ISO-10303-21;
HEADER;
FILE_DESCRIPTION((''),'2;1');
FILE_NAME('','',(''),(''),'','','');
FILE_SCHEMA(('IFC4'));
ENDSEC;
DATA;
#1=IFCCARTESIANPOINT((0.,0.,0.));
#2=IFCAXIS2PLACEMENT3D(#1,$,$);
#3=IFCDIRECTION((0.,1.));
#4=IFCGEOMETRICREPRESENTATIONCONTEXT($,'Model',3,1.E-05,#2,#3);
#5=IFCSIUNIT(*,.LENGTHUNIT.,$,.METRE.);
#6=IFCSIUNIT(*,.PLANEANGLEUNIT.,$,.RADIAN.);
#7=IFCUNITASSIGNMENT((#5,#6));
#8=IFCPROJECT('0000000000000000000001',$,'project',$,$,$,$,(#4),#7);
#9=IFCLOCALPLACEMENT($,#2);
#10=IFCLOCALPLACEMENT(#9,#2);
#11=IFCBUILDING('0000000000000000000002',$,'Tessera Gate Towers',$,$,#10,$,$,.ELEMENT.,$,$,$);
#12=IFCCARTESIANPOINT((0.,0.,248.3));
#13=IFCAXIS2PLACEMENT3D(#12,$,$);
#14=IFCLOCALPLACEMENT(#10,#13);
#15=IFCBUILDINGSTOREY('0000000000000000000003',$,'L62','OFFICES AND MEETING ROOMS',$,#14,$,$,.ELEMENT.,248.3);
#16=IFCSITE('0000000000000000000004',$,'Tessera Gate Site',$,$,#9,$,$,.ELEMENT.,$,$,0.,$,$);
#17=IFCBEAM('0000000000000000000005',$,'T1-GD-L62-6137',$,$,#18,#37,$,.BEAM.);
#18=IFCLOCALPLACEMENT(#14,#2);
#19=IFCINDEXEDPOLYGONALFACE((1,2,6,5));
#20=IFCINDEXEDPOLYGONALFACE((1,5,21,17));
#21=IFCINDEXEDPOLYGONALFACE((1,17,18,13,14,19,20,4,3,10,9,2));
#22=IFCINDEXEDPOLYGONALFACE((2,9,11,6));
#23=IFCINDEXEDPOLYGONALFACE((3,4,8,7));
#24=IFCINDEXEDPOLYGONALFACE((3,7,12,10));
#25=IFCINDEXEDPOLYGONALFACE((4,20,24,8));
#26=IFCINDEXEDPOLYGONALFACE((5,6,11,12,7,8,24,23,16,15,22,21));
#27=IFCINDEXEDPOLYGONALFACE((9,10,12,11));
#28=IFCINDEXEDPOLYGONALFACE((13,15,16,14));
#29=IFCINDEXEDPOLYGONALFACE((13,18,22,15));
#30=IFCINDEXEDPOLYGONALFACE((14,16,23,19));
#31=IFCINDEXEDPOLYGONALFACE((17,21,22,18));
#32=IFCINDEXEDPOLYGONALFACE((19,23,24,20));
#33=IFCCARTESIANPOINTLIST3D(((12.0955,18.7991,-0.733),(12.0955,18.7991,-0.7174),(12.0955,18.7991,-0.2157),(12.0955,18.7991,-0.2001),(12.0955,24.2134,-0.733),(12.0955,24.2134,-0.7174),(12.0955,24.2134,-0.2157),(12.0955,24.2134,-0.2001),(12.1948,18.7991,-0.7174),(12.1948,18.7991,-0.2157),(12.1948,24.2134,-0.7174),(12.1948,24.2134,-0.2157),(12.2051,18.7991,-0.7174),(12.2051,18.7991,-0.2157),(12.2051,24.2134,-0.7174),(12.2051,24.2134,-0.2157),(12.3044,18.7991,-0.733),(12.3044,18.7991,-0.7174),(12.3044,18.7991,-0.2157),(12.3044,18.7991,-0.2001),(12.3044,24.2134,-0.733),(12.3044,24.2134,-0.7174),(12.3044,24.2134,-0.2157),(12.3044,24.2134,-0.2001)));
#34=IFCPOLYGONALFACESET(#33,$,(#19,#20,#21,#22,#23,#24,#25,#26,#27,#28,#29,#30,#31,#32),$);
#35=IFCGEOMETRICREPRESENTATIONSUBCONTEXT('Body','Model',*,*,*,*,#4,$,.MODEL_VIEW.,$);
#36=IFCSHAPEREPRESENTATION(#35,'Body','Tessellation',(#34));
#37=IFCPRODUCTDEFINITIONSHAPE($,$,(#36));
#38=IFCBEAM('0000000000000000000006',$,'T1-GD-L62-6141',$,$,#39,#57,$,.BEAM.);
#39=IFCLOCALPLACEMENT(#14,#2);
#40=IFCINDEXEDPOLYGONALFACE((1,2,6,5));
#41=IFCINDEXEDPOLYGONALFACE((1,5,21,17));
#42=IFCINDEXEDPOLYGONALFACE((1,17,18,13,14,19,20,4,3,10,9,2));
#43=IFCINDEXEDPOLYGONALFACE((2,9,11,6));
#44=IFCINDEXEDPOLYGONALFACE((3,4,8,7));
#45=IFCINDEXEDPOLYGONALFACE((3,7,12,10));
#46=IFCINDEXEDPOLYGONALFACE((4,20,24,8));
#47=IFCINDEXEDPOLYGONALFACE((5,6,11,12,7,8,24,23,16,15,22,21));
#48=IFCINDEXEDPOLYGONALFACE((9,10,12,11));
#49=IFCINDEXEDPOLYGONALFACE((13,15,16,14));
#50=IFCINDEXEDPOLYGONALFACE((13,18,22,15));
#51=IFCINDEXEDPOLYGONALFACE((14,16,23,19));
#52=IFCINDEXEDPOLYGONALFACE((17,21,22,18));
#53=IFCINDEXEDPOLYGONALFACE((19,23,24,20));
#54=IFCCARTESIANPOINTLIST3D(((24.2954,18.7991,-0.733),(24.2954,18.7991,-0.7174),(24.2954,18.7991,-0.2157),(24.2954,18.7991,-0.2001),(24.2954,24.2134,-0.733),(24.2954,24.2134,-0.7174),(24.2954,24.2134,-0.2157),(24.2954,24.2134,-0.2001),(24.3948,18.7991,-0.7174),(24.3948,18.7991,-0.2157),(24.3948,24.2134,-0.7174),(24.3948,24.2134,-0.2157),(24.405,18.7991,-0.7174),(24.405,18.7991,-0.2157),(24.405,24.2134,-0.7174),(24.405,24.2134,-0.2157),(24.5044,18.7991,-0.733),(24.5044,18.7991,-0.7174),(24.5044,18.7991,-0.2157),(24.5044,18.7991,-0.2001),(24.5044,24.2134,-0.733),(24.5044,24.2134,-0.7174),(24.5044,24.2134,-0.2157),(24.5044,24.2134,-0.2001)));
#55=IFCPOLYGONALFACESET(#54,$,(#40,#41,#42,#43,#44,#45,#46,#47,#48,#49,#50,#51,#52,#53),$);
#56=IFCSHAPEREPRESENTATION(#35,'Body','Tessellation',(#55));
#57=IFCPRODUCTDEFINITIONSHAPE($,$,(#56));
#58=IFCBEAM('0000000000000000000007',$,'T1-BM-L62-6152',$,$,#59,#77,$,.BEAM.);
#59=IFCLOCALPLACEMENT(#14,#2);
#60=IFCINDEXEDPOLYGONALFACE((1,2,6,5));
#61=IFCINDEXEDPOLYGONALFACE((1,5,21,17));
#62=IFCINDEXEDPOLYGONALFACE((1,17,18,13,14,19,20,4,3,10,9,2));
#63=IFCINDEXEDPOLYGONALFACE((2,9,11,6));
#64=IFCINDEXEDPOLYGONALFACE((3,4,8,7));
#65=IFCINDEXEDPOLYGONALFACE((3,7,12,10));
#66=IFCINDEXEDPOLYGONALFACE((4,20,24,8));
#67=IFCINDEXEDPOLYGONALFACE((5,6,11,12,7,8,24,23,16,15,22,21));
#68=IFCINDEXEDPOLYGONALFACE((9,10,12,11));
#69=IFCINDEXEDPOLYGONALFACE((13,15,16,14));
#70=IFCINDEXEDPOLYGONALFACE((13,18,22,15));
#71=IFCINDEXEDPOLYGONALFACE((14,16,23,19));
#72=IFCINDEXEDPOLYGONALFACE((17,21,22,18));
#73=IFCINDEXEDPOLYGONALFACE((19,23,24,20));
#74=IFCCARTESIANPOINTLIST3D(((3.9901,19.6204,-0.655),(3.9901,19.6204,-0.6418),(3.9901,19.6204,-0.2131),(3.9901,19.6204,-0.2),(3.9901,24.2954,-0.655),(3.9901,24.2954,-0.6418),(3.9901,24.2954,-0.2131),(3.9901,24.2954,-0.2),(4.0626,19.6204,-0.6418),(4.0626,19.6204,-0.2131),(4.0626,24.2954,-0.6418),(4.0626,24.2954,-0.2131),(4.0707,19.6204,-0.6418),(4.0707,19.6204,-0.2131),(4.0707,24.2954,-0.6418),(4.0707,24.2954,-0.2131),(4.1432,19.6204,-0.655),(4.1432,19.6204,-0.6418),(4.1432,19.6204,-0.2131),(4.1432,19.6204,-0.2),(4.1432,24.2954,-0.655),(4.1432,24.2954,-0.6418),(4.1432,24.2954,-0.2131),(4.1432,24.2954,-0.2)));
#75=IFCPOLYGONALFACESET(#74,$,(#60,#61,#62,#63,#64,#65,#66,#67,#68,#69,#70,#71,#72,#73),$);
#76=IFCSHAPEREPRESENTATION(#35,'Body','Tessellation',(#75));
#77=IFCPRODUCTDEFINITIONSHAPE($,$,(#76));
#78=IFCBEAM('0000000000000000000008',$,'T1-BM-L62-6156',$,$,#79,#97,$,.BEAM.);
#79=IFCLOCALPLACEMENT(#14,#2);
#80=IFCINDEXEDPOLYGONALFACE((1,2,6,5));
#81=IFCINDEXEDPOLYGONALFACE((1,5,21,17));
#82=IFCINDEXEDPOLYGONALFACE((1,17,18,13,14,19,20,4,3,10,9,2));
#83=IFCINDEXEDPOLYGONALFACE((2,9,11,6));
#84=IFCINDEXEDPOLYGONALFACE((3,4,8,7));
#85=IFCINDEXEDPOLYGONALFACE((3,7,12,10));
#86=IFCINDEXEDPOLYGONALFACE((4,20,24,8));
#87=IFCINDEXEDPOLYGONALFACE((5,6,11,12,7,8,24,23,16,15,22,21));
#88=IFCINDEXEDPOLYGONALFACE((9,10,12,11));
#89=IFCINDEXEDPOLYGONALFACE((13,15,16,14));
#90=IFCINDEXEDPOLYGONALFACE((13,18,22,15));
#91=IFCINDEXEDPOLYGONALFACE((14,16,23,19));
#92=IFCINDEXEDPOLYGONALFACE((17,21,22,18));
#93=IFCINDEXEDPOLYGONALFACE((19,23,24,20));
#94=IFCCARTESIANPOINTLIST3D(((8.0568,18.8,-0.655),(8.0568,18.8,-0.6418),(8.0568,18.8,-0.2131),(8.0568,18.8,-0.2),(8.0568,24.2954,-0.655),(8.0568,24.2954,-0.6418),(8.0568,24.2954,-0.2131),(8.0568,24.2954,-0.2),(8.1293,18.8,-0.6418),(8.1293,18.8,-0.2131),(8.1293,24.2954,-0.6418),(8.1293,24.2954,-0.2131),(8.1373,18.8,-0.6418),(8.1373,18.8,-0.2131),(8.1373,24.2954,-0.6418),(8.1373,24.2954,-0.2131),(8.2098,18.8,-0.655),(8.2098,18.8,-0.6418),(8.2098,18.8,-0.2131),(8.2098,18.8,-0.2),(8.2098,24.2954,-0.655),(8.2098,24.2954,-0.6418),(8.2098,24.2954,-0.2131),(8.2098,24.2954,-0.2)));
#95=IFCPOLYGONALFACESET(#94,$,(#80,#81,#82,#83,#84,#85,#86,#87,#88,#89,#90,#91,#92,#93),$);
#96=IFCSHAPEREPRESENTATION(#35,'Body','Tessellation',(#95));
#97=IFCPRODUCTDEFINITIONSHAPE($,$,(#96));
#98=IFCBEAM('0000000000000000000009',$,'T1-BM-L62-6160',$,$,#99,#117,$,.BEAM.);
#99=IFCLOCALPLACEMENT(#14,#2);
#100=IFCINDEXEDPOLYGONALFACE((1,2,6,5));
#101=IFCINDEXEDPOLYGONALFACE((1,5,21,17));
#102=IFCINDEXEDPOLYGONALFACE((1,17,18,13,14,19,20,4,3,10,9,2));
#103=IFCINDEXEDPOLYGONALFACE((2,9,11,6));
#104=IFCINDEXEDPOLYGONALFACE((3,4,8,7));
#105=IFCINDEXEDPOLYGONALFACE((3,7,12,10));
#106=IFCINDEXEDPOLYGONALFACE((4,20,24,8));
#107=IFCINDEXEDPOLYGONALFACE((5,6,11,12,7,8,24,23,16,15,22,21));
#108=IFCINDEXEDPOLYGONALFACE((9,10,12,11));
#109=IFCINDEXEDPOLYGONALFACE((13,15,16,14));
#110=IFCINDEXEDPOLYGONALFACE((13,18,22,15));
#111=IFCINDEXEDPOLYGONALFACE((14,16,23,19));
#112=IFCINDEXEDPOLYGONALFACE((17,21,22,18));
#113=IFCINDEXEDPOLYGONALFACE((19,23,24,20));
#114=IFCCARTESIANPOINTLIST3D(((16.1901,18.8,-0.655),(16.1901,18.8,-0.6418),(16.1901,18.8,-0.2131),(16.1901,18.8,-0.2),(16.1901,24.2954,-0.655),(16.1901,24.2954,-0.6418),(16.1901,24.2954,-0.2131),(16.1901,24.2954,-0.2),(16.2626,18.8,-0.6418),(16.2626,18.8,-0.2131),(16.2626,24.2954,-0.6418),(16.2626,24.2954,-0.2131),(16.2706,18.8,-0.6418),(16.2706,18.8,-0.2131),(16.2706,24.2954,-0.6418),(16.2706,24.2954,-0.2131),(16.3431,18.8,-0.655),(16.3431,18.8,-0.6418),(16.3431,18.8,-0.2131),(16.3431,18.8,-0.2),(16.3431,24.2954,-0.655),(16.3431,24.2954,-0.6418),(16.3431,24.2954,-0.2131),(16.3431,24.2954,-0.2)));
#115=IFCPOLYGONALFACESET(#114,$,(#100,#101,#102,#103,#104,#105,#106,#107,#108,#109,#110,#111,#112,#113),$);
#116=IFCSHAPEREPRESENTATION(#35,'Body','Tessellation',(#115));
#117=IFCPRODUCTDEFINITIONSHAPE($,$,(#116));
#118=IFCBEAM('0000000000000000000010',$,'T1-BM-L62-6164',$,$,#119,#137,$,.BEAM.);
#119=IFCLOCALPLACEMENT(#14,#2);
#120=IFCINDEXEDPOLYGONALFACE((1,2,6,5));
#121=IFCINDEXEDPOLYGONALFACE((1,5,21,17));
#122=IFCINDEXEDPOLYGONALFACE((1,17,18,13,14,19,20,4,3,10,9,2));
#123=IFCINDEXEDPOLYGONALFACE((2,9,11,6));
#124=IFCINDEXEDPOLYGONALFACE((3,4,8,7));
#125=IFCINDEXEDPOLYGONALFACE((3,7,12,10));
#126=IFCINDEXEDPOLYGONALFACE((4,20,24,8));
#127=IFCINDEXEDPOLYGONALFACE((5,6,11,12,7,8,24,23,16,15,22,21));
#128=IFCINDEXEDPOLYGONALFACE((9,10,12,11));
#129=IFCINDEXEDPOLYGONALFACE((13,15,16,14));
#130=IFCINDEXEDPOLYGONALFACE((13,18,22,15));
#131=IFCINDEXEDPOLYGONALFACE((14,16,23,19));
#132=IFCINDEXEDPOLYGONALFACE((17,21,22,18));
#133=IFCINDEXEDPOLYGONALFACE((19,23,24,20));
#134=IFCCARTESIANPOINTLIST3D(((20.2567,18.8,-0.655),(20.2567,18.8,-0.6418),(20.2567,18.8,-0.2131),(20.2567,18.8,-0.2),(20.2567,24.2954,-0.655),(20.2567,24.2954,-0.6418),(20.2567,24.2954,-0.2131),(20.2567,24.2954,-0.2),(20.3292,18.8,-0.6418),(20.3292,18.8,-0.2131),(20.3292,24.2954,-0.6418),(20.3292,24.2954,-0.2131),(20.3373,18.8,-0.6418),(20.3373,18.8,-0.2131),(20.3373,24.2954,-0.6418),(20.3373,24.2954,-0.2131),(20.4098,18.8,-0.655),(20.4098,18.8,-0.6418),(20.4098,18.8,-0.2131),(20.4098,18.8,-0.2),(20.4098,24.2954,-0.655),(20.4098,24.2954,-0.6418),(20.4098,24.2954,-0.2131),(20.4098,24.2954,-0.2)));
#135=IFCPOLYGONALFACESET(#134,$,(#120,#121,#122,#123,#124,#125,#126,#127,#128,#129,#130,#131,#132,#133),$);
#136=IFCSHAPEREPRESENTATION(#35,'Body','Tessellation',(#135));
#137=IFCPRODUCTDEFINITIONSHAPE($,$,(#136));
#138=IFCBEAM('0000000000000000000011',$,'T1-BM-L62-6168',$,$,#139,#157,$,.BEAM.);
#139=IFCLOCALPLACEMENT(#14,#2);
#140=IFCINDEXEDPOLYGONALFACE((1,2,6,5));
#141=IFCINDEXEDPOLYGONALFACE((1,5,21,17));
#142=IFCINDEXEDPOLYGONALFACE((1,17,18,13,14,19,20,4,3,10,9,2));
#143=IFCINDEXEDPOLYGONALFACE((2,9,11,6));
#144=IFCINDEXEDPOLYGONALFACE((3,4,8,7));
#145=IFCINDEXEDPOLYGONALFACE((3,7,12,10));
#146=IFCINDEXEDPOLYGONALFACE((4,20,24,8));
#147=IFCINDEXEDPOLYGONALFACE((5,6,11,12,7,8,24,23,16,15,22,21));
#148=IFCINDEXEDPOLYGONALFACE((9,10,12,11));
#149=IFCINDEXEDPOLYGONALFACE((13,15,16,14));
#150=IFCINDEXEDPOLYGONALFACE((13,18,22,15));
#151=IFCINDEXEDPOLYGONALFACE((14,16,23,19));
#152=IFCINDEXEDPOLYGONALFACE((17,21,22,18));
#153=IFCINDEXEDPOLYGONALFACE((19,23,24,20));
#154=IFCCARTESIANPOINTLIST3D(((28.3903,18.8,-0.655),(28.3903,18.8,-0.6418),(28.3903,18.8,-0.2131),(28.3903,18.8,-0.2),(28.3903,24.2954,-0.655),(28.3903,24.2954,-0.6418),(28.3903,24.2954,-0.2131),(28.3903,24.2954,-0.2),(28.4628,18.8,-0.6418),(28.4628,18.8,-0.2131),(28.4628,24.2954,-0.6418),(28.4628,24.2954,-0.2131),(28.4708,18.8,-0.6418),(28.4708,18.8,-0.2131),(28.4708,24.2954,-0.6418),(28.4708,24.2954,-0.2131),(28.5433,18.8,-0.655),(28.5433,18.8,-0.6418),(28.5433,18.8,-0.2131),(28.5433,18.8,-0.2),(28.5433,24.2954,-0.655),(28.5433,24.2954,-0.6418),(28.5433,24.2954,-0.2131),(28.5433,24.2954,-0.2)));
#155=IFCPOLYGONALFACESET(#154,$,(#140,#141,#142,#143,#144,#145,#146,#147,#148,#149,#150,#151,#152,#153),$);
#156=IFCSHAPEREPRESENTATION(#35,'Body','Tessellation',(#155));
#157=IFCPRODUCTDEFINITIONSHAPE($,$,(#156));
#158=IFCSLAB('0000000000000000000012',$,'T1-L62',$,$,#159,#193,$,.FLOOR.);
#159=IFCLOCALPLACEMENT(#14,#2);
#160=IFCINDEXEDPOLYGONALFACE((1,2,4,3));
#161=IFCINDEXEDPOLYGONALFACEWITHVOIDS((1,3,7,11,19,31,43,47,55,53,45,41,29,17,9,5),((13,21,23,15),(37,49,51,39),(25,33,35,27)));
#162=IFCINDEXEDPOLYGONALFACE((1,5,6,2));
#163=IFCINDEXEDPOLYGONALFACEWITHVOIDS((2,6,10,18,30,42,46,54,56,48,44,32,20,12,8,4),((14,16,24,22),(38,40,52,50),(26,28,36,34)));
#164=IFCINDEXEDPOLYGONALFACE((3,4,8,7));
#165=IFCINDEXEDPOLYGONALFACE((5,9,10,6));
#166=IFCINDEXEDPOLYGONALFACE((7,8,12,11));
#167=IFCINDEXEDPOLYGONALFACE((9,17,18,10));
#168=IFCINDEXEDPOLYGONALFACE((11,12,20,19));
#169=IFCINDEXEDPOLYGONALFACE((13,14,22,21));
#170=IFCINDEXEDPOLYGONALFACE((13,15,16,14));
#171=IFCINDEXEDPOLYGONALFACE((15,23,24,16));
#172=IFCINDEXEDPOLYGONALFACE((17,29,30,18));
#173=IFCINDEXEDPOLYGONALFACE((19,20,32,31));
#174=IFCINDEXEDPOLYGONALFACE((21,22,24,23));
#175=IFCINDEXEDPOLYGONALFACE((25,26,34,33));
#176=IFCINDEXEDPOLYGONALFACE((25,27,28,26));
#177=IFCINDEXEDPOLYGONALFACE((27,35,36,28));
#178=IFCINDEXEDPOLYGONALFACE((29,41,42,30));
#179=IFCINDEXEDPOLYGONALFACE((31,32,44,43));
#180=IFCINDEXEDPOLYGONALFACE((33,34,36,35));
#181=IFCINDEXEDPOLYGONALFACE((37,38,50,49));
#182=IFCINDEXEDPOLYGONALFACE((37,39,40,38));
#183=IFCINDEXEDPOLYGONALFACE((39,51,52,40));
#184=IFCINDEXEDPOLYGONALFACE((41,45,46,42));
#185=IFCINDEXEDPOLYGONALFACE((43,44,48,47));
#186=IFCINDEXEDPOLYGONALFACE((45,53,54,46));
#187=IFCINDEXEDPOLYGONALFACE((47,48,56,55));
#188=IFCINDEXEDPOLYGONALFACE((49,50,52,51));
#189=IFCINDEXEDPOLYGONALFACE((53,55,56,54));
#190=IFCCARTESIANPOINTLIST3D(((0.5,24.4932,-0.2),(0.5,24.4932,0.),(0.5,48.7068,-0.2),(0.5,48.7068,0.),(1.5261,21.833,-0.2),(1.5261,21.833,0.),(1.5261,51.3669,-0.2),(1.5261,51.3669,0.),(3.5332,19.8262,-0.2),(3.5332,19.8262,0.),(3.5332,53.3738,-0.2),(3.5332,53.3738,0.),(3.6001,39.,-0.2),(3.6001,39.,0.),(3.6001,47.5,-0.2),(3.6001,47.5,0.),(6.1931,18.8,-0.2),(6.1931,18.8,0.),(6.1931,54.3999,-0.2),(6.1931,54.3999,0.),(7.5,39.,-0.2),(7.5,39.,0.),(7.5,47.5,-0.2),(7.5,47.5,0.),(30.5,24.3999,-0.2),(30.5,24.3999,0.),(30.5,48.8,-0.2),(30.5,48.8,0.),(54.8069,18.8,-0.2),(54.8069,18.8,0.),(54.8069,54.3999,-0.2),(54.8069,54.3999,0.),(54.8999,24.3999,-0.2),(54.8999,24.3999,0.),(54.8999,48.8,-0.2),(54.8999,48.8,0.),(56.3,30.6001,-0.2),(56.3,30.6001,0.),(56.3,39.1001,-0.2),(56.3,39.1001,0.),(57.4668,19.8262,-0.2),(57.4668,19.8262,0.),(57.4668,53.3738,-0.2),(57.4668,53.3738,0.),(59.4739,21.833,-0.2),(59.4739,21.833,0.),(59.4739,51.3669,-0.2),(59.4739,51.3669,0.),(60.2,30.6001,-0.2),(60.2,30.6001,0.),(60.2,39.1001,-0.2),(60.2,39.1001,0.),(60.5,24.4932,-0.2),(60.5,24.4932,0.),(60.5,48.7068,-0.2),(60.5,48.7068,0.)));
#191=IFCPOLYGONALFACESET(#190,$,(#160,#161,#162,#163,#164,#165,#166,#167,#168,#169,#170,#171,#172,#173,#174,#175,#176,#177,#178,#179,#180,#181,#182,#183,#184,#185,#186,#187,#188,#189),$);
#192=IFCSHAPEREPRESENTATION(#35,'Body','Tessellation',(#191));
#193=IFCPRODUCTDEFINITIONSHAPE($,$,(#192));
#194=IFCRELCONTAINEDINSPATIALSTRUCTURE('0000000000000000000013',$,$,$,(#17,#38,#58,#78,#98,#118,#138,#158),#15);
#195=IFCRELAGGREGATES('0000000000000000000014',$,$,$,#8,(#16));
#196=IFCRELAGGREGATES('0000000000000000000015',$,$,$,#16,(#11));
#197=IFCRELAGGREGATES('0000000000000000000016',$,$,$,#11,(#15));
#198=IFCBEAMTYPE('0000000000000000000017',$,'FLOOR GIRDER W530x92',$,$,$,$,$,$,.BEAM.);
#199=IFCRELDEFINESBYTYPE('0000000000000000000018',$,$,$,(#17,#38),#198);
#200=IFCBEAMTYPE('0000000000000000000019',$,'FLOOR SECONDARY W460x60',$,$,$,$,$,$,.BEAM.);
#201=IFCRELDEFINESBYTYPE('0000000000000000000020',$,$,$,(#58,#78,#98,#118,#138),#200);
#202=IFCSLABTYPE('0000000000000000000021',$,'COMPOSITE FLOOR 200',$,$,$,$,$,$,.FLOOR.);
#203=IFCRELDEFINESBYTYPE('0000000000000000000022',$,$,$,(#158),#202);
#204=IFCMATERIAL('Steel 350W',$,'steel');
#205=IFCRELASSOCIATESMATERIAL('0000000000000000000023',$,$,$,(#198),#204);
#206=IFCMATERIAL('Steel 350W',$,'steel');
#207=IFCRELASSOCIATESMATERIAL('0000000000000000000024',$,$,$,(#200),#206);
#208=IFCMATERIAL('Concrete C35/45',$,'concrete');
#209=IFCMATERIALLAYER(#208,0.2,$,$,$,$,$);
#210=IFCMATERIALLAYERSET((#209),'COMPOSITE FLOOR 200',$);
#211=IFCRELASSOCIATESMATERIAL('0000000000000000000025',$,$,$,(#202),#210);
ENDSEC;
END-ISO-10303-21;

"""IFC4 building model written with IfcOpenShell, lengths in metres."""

from ifc_helpers import new_model, si_unit, direction, frame, origin, origin_2d, place, context, subcontext, project, spatial, polyline, i_section, outline, extrude, material, layer, layer_set, material_profile, profile_set, type_object, element, save


model = new_model("IFC4")

# Units and contexts
model_context = context("Model", 3, precision=1e-05, world=origin(), true_north=direction((0.0, 1.0)))
body_context = subcontext(model_context, "Body", "Model", "MODEL_VIEW")
ifc_project = project(units=[si_unit("LENGTHUNIT", "METRE"), si_unit("PLANEANGLEUNIT", "RADIAN")], contexts=[model_context])

# Site, building, storey
site_placement = place(None, origin())
site = spatial("IfcSite", under=ifc_project, at=site_placement, Name="Tessera Gate Site", CompositionType="ELEMENT", RefElevation=0.0)
building_placement = place(site_placement, origin())
building = spatial("IfcBuilding", under=site, at=building_placement, Name="Tessera Gate Towers", CompositionType="ELEMENT")
storey_placement = place(building_placement, frame((0.0, 0.0, 248.3)))
storey = spatial("IfcBuildingStorey", under=building, at=storey_placement, Name="L62", Description="OFFICES AND MEETING ROOMS", CompositionType="ELEMENT", Elevation=248.3)

# Beams
ifc_material_1 = material(Name="Steel 350W", Category="steel")
ifc_material_profile_1 = material_profile(ifc_material_1, i_section(OverallWidth=0.209, OverallDepth=0.533, WebThickness=0.0103, FlangeThickness=0.0156, at=origin_2d()), Name="W530x92")
ifc_profile_set_1 = profile_set([ifc_material_profile_1], Name="Steel 350W")
beam_type_1 = type_object("IfcBeamType", Name="FLOOR GIRDER W530x92", PredefinedType="BEAM", material=ifc_profile_set_1)
for number, where, z_axis, x_axis, name in (
    (1, (12.2, 18.7991, -0.4666), (0.0, 1.0, 0.0), (-1.0, 0.0, 0.0), "T1-GD-L62-6137"),
    (2, (24.3999, 18.7991, -0.4666), (0.0, 1.0, 0.0), (-1.0, 0.0, 0.0), "T1-GD-L62-6141"),
):
    element("IfcBeam", number, at=place(storey_placement, frame(where, z_axis=z_axis, x_axis=x_axis)), inside=storey, type_object=beam_type_1, Name=name, PredefinedType="BEAM", context=body_context, shape_type="SweptSolid", body=[
        extrude(i_section(OverallWidth=0.209, OverallDepth=0.533, WebThickness=0.0103, FlangeThickness=0.0156, at=origin_2d()), origin(), (0.0, 0.0, 1.0), 5.4143),
    ])
ifc_material_2 = material(Name="Steel 350W", Category="steel")
ifc_material_profile_2 = material_profile(ifc_material_2, i_section(OverallWidth=0.1531, OverallDepth=0.4551, WebThickness=0.0081, FlangeThickness=0.0132, at=origin_2d()), Name="W460x60")
ifc_profile_set_2 = profile_set([ifc_material_profile_2], Name="Steel 350W")
beam_type_2 = type_object("IfcBeamType", Name="FLOOR SECONDARY W460x60", PredefinedType="BEAM", material=ifc_profile_set_2)
beam_placement = place(storey_placement, frame((4.0667, 19.6204, -0.4275), z_axis=(0.0, 1.0, 0.0), x_axis=(-1.0, 0.0, 0.0)))
element("IfcBeam", 3, at=beam_placement, inside=storey, type_object=beam_type_2, Name="T1-BM-L62-6152", PredefinedType="BEAM", context=body_context, shape_type="SweptSolid", body=[
    extrude(i_section(OverallWidth=0.1531, OverallDepth=0.4551, WebThickness=0.0081, FlangeThickness=0.0132, at=origin_2d()), origin(), (0.0, 0.0, 1.0), 4.675),
])
for number, where, z_axis, x_axis, name in (
    (4, (8.1333, 18.8, -0.4275), (0.0, 1.0, 0.0), (-1.0, 0.0, 0.0), "T1-BM-L62-6156"),
    (5, (16.2666, 18.8, -0.4275), (0.0, 1.0, 0.0), (-1.0, 0.0, 0.0), "T1-BM-L62-6160"),
    (6, (20.3333, 18.8, -0.4275), (0.0, 1.0, 0.0), (-1.0, 0.0, 0.0), "T1-BM-L62-6164"),
    (7, (28.4668, 18.8, -0.4275), (0.0, 1.0, 0.0), (-1.0, 0.0, 0.0), "T1-BM-L62-6168"),
):
    element("IfcBeam", number, at=place(storey_placement, frame(where, z_axis=z_axis, x_axis=x_axis)), inside=storey, type_object=beam_type_2, Name=name, PredefinedType="BEAM", context=body_context, shape_type="SweptSolid", body=[
        extrude(i_section(OverallWidth=0.1531, OverallDepth=0.4551, WebThickness=0.0081, FlangeThickness=0.0132, at=origin_2d()), origin(), (0.0, 0.0, 1.0), 5.4954),
    ])

# Slab
ifc_material_3 = material(Name="Concrete C35/45", Category="concrete")
ifc_layer_1 = layer(ifc_material_3, 0.2)
ifc_layer_set_1 = layer_set([ifc_layer_1], Name="COMPOSITE FLOOR 200")
slab_type_1 = type_object("IfcSlabType", Name="COMPOSITE FLOOR 200", PredefinedType="FLOOR", material=ifc_layer_set_1)
slab_1_placement = place(storey_placement, frame((0.0, 0.0, -0.2)))
element("IfcSlab", 8, at=slab_1_placement, inside=storey, type_object=slab_type_1, Name="T1-L62", PredefinedType="FLOOR", context=body_context, shape_type="SweptSolid", body=[
    extrude(outline(polyline([(0.5, 24.4932), (1.5261, 21.833), (3.5332, 19.8262), (6.1931, 18.8), (54.8069, 18.8), (57.4668, 19.8262), (59.4739, 21.833), (60.5, 24.4932), (60.5, 48.7068), (59.4739, 51.3669), (57.4668, 53.3738), (54.8069, 54.3999), (6.1931, 54.3999), (3.5332, 53.3738), (1.5261, 51.3669), (0.5, 48.7068), (0.5, 24.4932)]), holes=[polyline([(3.6001, 39.0), (3.6001, 47.5), (7.5, 47.5), (7.5, 39.0), (3.6001, 39.0)]), polyline([(30.5, 24.3999), (30.5, 48.8), (54.8999, 48.8), (54.8999, 24.3999), (30.5, 24.3999)]), polyline([(56.3, 30.6001), (56.3, 39.1001), (60.2, 39.1001), (60.2, 30.6001), (56.3, 30.6001)])]), origin(), (0.0, 0.0, 1.0), 0.2),
])

save(model, "model.ifc")
